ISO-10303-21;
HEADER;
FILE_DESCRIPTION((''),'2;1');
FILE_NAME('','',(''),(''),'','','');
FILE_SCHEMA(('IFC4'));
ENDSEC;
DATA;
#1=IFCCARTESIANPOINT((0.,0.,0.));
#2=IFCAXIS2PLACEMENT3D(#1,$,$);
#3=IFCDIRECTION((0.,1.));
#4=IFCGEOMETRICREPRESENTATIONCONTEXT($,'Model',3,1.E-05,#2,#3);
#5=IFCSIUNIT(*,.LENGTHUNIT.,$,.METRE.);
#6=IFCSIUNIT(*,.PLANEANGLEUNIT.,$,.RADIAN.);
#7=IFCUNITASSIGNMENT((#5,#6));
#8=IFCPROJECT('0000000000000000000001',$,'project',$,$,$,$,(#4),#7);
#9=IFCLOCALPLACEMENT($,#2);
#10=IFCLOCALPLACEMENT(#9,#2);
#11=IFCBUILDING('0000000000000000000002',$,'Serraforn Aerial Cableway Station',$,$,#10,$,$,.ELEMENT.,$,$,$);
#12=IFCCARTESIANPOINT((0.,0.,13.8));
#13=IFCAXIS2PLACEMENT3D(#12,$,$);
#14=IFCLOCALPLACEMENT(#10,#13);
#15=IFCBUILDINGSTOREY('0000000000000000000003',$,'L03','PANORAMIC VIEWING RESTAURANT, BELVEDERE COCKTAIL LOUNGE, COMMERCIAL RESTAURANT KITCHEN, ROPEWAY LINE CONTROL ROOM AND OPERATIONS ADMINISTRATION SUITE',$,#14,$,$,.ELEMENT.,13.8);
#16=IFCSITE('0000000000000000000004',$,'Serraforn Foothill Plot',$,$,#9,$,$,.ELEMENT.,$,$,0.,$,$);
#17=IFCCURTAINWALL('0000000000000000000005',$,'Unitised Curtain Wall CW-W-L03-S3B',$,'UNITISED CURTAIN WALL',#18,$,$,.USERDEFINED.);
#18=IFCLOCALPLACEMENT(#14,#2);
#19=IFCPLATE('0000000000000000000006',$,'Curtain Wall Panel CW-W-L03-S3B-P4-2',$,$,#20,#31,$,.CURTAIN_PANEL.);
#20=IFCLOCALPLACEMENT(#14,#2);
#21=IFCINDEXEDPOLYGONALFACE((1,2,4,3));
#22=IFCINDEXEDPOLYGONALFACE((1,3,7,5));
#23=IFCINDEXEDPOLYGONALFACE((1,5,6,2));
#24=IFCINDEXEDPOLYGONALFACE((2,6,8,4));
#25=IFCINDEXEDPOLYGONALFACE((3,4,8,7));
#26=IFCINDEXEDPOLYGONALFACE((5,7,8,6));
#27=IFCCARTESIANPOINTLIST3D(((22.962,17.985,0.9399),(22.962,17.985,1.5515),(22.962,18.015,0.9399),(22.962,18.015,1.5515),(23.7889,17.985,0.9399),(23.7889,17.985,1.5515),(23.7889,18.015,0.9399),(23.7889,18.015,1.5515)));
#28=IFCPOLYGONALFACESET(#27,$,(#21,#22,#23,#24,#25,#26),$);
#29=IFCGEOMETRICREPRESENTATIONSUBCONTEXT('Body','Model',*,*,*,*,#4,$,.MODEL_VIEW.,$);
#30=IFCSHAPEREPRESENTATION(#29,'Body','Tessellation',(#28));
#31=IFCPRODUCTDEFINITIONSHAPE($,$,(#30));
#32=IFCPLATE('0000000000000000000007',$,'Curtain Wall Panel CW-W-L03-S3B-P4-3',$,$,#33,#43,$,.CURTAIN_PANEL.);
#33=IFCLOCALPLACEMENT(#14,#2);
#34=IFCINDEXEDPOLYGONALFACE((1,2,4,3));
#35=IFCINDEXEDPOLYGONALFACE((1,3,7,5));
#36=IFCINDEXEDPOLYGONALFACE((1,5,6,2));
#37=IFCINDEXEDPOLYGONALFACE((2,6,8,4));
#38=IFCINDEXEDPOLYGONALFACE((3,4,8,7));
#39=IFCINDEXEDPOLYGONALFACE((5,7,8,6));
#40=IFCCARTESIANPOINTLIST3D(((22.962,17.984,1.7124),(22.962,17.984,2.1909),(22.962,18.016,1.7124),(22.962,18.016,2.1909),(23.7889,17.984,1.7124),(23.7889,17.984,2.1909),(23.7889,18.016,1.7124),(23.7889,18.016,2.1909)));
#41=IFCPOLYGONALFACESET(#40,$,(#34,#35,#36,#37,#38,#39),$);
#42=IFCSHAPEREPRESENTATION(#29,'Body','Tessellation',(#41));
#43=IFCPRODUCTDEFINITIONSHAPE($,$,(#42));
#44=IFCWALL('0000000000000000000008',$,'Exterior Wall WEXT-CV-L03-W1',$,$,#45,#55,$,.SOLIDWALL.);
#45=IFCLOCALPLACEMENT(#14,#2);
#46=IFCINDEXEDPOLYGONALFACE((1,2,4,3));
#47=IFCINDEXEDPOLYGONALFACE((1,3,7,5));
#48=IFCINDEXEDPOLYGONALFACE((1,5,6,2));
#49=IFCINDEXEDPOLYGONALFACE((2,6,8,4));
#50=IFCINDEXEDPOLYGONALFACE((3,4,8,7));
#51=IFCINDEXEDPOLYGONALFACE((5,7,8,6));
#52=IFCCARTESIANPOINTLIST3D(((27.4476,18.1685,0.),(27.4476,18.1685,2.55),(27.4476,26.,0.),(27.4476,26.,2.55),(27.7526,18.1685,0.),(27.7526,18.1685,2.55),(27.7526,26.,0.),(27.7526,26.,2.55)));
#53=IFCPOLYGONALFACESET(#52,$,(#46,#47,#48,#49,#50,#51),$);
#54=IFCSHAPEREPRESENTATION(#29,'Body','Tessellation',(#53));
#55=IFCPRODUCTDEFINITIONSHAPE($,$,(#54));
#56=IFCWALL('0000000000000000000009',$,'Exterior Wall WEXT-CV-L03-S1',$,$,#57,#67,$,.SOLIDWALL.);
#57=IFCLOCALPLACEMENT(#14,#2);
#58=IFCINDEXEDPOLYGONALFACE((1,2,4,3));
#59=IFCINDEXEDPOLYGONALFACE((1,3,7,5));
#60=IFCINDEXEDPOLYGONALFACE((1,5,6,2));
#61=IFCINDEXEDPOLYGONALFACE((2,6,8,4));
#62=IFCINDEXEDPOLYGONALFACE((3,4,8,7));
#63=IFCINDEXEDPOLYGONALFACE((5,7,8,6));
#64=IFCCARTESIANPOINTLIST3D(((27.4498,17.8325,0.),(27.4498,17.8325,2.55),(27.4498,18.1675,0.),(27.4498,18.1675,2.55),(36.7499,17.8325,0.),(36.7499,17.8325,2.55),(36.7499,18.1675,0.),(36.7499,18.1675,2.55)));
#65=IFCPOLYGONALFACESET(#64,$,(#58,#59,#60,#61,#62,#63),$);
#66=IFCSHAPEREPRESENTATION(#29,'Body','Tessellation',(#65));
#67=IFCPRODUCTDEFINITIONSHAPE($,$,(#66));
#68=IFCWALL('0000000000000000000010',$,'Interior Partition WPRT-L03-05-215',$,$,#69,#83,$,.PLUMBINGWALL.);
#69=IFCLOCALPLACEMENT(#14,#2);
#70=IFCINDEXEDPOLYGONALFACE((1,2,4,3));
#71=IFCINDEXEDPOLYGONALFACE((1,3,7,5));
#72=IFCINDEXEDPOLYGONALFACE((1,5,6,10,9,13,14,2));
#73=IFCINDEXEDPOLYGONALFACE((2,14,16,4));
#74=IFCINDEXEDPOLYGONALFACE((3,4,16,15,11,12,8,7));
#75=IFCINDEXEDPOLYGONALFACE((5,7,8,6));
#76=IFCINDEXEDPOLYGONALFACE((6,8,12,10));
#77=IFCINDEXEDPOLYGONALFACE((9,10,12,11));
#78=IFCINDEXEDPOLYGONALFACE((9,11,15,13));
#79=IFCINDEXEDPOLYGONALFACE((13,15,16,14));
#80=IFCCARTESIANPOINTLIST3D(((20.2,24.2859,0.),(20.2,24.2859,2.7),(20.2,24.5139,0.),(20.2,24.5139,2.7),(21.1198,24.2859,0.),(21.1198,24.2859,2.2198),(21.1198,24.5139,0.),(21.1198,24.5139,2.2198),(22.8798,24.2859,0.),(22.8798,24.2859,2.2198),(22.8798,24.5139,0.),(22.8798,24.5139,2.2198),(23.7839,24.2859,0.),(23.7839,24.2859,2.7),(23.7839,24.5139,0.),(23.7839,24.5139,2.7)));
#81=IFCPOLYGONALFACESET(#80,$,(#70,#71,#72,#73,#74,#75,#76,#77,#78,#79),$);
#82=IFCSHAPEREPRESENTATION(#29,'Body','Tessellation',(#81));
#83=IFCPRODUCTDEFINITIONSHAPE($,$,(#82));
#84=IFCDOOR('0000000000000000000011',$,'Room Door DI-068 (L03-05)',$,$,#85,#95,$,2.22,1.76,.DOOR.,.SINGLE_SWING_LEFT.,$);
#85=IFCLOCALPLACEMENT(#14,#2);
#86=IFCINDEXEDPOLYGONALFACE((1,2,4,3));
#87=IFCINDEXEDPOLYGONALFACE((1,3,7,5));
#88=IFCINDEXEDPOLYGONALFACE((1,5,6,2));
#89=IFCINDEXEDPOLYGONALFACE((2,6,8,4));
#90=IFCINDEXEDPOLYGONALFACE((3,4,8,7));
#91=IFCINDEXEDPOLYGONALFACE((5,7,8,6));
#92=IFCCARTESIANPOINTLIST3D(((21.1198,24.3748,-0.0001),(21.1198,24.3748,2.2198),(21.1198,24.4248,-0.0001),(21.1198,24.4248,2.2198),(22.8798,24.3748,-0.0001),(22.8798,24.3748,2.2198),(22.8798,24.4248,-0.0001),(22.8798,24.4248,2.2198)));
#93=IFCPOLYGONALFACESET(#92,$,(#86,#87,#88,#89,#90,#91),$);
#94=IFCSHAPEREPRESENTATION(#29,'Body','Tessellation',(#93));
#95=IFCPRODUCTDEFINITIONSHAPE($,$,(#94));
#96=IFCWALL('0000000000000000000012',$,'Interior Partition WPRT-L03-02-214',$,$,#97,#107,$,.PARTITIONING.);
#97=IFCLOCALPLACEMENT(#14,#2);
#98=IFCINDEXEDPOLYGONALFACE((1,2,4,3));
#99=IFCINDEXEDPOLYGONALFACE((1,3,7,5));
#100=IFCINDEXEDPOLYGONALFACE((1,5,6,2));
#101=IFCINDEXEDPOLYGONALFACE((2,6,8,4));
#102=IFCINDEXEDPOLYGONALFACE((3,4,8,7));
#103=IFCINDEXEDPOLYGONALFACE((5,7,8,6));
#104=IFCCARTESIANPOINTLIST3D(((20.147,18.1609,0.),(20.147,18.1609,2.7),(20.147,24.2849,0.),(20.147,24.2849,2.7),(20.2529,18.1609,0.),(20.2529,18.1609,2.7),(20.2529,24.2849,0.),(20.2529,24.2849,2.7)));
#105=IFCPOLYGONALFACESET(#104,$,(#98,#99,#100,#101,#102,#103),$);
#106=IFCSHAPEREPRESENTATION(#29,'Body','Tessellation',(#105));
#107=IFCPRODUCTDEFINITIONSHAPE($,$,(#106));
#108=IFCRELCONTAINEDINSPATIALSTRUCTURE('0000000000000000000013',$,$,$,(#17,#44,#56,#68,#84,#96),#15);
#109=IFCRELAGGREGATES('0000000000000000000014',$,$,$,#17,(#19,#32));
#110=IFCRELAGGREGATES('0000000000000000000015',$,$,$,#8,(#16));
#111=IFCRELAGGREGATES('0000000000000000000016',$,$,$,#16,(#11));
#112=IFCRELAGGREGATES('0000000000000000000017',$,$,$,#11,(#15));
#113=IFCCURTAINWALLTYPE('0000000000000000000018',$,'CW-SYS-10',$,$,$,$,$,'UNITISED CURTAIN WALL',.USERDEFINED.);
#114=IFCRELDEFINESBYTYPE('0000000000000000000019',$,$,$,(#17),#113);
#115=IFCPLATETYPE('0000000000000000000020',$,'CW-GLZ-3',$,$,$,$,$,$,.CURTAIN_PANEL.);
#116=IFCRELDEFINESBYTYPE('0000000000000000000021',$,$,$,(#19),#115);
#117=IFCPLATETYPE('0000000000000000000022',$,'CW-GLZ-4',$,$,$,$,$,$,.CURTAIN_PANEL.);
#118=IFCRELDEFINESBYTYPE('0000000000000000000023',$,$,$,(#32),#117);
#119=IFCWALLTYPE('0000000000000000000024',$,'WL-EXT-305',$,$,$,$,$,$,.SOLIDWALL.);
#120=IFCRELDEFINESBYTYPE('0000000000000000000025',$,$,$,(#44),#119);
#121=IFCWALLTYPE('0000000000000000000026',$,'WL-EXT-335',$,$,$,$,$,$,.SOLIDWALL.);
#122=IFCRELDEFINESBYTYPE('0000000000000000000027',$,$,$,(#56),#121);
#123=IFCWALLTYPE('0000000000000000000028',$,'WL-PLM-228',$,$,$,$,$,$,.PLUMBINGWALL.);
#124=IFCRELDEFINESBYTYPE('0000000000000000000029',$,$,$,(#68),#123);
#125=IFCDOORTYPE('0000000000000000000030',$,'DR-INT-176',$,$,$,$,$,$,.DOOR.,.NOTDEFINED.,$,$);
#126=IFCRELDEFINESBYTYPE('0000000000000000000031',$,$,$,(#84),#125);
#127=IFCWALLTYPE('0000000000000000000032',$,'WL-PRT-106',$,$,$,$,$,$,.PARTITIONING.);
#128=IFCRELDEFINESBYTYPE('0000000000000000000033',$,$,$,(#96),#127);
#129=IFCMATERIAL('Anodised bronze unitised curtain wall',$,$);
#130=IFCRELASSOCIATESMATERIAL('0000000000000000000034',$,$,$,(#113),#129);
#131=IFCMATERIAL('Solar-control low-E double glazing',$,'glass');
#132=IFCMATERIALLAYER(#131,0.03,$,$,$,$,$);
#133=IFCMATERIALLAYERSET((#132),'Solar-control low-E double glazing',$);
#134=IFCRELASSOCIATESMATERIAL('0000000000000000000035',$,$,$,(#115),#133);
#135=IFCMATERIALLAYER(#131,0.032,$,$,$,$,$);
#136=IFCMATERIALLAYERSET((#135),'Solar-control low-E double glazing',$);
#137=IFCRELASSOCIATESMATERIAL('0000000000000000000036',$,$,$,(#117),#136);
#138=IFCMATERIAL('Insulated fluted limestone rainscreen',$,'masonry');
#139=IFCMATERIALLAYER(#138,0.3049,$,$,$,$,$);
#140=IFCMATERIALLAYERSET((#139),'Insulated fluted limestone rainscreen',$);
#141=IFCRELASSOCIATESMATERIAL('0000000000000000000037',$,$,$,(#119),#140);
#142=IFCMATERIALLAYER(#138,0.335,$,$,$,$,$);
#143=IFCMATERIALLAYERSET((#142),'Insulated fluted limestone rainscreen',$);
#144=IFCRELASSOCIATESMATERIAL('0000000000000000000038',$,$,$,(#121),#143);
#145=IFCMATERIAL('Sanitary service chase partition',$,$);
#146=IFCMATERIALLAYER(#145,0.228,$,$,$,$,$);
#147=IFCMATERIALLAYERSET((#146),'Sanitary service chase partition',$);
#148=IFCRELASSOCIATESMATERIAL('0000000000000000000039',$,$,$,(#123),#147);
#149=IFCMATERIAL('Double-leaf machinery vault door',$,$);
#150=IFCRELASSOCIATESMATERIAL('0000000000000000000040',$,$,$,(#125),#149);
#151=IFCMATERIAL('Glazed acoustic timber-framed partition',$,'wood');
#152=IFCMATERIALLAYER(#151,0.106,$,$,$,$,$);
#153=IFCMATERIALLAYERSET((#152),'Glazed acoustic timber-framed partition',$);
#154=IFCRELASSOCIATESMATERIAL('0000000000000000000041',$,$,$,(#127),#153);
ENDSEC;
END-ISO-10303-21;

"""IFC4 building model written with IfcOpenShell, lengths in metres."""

from ifc_helpers import new_model, si_unit, direction, frame, frame_2d, origin, origin_2d, place, context, subcontext, project, spatial, rectangle, extrude, material, layer, layer_set, type_object, element, fill, aggregate, save


model = new_model("IFC4")

# Units and contexts
model_context = context("Model", 3, precision=1e-05, world=origin(), true_north=direction((0.0, 1.0)))
body_context = subcontext(model_context, "Body", "Model", "MODEL_VIEW")
ifc_project = project(units=[si_unit("LENGTHUNIT", "METRE"), si_unit("PLANEANGLEUNIT", "RADIAN")], contexts=[model_context])

# Site, building, storey
site_placement = place(None, origin())
site = spatial("IfcSite", under=ifc_project, at=site_placement, Name="Serraforn Foothill Plot", CompositionType="ELEMENT", RefElevation=0.0)
building_placement = place(site_placement, origin())
building = spatial("IfcBuilding", under=site, at=building_placement, Name="Serraforn Aerial Cableway Station", CompositionType="ELEMENT")
storey_placement = place(building_placement, frame((0.0, 0.0, 13.8)))
storey = spatial("IfcBuildingStorey", under=building, at=storey_placement, Name="L03", Description="PANORAMIC VIEWING RESTAURANT, BELVEDERE COCKTAIL LOUNGE, COMMERCIAL RESTAURANT KITCHEN, ROPEWAY LINE CONTROL ROOM AND OPERATIONS ADMINISTRATION SUITE", CompositionType="ELEMENT", Elevation=13.8)

# Curtain wall, plates
ifc_material_1 = material(Name="Anodised bronze unitised curtain wall")
curtain_wall_type = type_object("IfcCurtainWallType", Name="CW-SYS-10", ElementType="UNITISED CURTAIN WALL", PredefinedType="USERDEFINED", material=ifc_material_1)
curtain_wall_placement = place(storey_placement, origin())
curtain_wall = element("IfcCurtainWall", 1, at=curtain_wall_placement, inside=storey, type_object=curtain_wall_type, Name="Unitised Curtain Wall CW-W-L03-S3B", ObjectType="UNITISED CURTAIN WALL", PredefinedType="USERDEFINED")
ifc_material_2 = material(Name="Solar-control low-E double glazing", Category="glass")
ifc_layer_1 = layer(ifc_material_2, 0.03)
ifc_layer_set_1 = layer_set([ifc_layer_1], Name="Solar-control low-E double glazing")
plate_type_1 = type_object("IfcPlateType", Name="CW-GLZ-3", PredefinedType="CURTAIN_PANEL", material=ifc_layer_set_1)
plate_1_placement = place(storey_placement, frame((23.3755, 18.0, 0.9399), z_axis=(0.0, 0.0, 1.0), x_axis=(1.0, 0.0, 0.0)))
plate_1 = element("IfcPlate", 2, at=plate_1_placement, type_object=plate_type_1, Name="Curtain Wall Panel CW-W-L03-S3B-P4-2", PredefinedType="CURTAIN_PANEL", context=body_context, shape_type="SweptSolid", body=[
    extrude(rectangle(XDim=0.8269, YDim=0.03, at=origin_2d()), origin(), (0.0, 0.0, 1.0), 0.6116),
])
ifc_layer_2 = layer(ifc_material_2, 0.032)
ifc_layer_set_2 = layer_set([ifc_layer_2], Name="Solar-control low-E double glazing")
plate_type_2 = type_object("IfcPlateType", Name="CW-GLZ-4", PredefinedType="CURTAIN_PANEL", material=ifc_layer_set_2)
plate_2_placement = place(storey_placement, frame((23.3755, 18.0, 1.7124), z_axis=(0.0, 0.0, 1.0), x_axis=(1.0, 0.0, 0.0)))
plate_2 = element("IfcPlate", 3, at=plate_2_placement, type_object=plate_type_2, Name="Curtain Wall Panel CW-W-L03-S3B-P4-3", PredefinedType="CURTAIN_PANEL", context=body_context, shape_type="SweptSolid", body=[
    extrude(rectangle(XDim=0.8269, YDim=0.032, at=origin_2d()), origin(), (0.0, 0.0, 1.0), 0.4785),
])
aggregate(curtain_wall, [plate_1, plate_2])

# Walls
ifc_material_3 = material(Name="Insulated fluted limestone rainscreen", Category="masonry")
ifc_layer_3 = layer(ifc_material_3, 0.3049)
ifc_layer_set_3 = layer_set([ifc_layer_3], Name="Insulated fluted limestone rainscreen")
wall_type_1 = type_object("IfcWallType", Name="WL-EXT-305", PredefinedType="SOLIDWALL", material=ifc_layer_set_3)
wall_1_placement = place(storey_placement, frame((27.6001, 26.0, 0.0), z_axis=(0.0, 0.0, 1.0), x_axis=(0.0, -1.0, 0.0)))
element("IfcWall", 4, at=wall_1_placement, inside=storey, type_object=wall_type_1, Name="Exterior Wall WEXT-CV-L03-W1", PredefinedType="SOLIDWALL", context=body_context, shape_type="SweptSolid", body=[
    extrude(rectangle(XDim=7.8315, YDim=0.3049, at=frame_2d((3.9158, 0.0))), origin(), (0.0, 0.0, 1.0), 2.55),
])
ifc_layer_4 = layer(ifc_material_3, 0.335)
ifc_layer_set_4 = layer_set([ifc_layer_4], Name="Insulated fluted limestone rainscreen")
wall_type_2 = type_object("IfcWallType", Name="WL-EXT-335", PredefinedType="SOLIDWALL", material=ifc_layer_set_4)
wall_2_placement = place(storey_placement, frame((27.45, 18.0, 0.0), z_axis=(0.0, 0.0, 1.0), x_axis=(1.0, 0.0, 0.0)))
element("IfcWall", 5, at=wall_2_placement, inside=storey, type_object=wall_type_2, Name="Exterior Wall WEXT-CV-L03-S1", PredefinedType="SOLIDWALL", context=body_context, shape_type="SweptSolid", body=[
    extrude(rectangle(XDim=9.3, YDim=0.335, at=frame_2d((4.6499, 0.0))), origin(), (0.0, 0.0, 1.0), 2.55),
])

# Wall, opening, door
ifc_material_4 = material(Name="Sanitary service chase partition")
ifc_layer_5 = layer(ifc_material_4, 0.228)
ifc_layer_set_5 = layer_set([ifc_layer_5], Name="Sanitary service chase partition")
wall_type_3 = type_object("IfcWallType", Name="WL-PLM-228", PredefinedType="PLUMBINGWALL", material=ifc_layer_set_5)
wall_3_placement = place(storey_placement, frame((20.2, 24.3999, 0.0), z_axis=(0.0, 0.0, 1.0), x_axis=(1.0, 0.0, 0.0)))
wall_3 = element("IfcWall", 6, at=wall_3_placement, inside=storey, type_object=wall_type_3, Name="Interior Partition WPRT-L03-05-215", PredefinedType="PLUMBINGWALL", context=body_context, shape_type="SweptSolid", body=[
    extrude(rectangle(XDim=3.584, YDim=0.228, at=frame_2d((1.792, 0.0))), origin(), (0.0, 0.0, 1.0), 2.7),
])
opening_placement = place(wall_3_placement, frame((0.9199, 0.0, 0.0)))
opening = element("IfcOpeningElement", 7, at=opening_placement, cuts=wall_3, PredefinedType="OPENING", context=body_context, shape_type="SweptSolid", body=[
    extrude(rectangle(XDim=1.76, YDim=2.22, at=frame_2d((0.8799, 1.1099))), frame((0.0, 0.124, 0.0), z_axis=(0.0, -1.0, 0.0), x_axis=(1.0, 0.0, 0.0)), (0.0, 0.0, 1.0), 0.248),
])
ifc_material_5 = material(Name="Double-leaf machinery vault door")
door_type = type_object("IfcDoorType", Name="DR-INT-176", OperationType="NOTDEFINED", PredefinedType="DOOR", material=ifc_material_5)
door_placement = place(opening_placement, origin())
door = element("IfcDoor", 8, at=door_placement, inside=storey, type_object=door_type, Name="Room Door DI-068 (L03-05)", OperationType="SINGLE_SWING_LEFT", OverallHeight=2.22, OverallWidth=1.76, PredefinedType="DOOR", context=body_context, shape_type="SweptSolid", body=[
    extrude(rectangle(XDim=1.76, YDim=2.22, at=frame_2d((0.8799, 1.1099))), frame((0.0, 0.0249, 0.0), z_axis=(0.0, -1.0, 0.0), x_axis=(1.0, 0.0, 0.0)), (0.0, 0.0, 1.0), 0.05),
])
fill(opening, door)

# Wall
ifc_material_6 = material(Name="Glazed acoustic timber-framed partition", Category="wood")
ifc_layer_6 = layer(ifc_material_6, 0.106)
ifc_layer_set_6 = layer_set([ifc_layer_6], Name="Glazed acoustic timber-framed partition")
wall_type_4 = type_object("IfcWallType", Name="WL-PRT-106", PredefinedType="PARTITIONING", material=ifc_layer_set_6)
wall_4_placement = place(storey_placement, frame((20.2, 24.2849, 0.0), z_axis=(0.0, 0.0, 1.0), x_axis=(0.0, -1.0, 0.0)))
element("IfcWall", 9, at=wall_4_placement, inside=storey, type_object=wall_type_4, Name="Interior Partition WPRT-L03-02-214", PredefinedType="PARTITIONING", context=body_context, shape_type="SweptSolid", body=[
    extrude(rectangle(XDim=6.124, YDim=0.106, at=frame_2d((3.062, 0.0))), origin(), (0.0, 0.0, 1.0), 2.7),
])

save(model, "model.ifc")
